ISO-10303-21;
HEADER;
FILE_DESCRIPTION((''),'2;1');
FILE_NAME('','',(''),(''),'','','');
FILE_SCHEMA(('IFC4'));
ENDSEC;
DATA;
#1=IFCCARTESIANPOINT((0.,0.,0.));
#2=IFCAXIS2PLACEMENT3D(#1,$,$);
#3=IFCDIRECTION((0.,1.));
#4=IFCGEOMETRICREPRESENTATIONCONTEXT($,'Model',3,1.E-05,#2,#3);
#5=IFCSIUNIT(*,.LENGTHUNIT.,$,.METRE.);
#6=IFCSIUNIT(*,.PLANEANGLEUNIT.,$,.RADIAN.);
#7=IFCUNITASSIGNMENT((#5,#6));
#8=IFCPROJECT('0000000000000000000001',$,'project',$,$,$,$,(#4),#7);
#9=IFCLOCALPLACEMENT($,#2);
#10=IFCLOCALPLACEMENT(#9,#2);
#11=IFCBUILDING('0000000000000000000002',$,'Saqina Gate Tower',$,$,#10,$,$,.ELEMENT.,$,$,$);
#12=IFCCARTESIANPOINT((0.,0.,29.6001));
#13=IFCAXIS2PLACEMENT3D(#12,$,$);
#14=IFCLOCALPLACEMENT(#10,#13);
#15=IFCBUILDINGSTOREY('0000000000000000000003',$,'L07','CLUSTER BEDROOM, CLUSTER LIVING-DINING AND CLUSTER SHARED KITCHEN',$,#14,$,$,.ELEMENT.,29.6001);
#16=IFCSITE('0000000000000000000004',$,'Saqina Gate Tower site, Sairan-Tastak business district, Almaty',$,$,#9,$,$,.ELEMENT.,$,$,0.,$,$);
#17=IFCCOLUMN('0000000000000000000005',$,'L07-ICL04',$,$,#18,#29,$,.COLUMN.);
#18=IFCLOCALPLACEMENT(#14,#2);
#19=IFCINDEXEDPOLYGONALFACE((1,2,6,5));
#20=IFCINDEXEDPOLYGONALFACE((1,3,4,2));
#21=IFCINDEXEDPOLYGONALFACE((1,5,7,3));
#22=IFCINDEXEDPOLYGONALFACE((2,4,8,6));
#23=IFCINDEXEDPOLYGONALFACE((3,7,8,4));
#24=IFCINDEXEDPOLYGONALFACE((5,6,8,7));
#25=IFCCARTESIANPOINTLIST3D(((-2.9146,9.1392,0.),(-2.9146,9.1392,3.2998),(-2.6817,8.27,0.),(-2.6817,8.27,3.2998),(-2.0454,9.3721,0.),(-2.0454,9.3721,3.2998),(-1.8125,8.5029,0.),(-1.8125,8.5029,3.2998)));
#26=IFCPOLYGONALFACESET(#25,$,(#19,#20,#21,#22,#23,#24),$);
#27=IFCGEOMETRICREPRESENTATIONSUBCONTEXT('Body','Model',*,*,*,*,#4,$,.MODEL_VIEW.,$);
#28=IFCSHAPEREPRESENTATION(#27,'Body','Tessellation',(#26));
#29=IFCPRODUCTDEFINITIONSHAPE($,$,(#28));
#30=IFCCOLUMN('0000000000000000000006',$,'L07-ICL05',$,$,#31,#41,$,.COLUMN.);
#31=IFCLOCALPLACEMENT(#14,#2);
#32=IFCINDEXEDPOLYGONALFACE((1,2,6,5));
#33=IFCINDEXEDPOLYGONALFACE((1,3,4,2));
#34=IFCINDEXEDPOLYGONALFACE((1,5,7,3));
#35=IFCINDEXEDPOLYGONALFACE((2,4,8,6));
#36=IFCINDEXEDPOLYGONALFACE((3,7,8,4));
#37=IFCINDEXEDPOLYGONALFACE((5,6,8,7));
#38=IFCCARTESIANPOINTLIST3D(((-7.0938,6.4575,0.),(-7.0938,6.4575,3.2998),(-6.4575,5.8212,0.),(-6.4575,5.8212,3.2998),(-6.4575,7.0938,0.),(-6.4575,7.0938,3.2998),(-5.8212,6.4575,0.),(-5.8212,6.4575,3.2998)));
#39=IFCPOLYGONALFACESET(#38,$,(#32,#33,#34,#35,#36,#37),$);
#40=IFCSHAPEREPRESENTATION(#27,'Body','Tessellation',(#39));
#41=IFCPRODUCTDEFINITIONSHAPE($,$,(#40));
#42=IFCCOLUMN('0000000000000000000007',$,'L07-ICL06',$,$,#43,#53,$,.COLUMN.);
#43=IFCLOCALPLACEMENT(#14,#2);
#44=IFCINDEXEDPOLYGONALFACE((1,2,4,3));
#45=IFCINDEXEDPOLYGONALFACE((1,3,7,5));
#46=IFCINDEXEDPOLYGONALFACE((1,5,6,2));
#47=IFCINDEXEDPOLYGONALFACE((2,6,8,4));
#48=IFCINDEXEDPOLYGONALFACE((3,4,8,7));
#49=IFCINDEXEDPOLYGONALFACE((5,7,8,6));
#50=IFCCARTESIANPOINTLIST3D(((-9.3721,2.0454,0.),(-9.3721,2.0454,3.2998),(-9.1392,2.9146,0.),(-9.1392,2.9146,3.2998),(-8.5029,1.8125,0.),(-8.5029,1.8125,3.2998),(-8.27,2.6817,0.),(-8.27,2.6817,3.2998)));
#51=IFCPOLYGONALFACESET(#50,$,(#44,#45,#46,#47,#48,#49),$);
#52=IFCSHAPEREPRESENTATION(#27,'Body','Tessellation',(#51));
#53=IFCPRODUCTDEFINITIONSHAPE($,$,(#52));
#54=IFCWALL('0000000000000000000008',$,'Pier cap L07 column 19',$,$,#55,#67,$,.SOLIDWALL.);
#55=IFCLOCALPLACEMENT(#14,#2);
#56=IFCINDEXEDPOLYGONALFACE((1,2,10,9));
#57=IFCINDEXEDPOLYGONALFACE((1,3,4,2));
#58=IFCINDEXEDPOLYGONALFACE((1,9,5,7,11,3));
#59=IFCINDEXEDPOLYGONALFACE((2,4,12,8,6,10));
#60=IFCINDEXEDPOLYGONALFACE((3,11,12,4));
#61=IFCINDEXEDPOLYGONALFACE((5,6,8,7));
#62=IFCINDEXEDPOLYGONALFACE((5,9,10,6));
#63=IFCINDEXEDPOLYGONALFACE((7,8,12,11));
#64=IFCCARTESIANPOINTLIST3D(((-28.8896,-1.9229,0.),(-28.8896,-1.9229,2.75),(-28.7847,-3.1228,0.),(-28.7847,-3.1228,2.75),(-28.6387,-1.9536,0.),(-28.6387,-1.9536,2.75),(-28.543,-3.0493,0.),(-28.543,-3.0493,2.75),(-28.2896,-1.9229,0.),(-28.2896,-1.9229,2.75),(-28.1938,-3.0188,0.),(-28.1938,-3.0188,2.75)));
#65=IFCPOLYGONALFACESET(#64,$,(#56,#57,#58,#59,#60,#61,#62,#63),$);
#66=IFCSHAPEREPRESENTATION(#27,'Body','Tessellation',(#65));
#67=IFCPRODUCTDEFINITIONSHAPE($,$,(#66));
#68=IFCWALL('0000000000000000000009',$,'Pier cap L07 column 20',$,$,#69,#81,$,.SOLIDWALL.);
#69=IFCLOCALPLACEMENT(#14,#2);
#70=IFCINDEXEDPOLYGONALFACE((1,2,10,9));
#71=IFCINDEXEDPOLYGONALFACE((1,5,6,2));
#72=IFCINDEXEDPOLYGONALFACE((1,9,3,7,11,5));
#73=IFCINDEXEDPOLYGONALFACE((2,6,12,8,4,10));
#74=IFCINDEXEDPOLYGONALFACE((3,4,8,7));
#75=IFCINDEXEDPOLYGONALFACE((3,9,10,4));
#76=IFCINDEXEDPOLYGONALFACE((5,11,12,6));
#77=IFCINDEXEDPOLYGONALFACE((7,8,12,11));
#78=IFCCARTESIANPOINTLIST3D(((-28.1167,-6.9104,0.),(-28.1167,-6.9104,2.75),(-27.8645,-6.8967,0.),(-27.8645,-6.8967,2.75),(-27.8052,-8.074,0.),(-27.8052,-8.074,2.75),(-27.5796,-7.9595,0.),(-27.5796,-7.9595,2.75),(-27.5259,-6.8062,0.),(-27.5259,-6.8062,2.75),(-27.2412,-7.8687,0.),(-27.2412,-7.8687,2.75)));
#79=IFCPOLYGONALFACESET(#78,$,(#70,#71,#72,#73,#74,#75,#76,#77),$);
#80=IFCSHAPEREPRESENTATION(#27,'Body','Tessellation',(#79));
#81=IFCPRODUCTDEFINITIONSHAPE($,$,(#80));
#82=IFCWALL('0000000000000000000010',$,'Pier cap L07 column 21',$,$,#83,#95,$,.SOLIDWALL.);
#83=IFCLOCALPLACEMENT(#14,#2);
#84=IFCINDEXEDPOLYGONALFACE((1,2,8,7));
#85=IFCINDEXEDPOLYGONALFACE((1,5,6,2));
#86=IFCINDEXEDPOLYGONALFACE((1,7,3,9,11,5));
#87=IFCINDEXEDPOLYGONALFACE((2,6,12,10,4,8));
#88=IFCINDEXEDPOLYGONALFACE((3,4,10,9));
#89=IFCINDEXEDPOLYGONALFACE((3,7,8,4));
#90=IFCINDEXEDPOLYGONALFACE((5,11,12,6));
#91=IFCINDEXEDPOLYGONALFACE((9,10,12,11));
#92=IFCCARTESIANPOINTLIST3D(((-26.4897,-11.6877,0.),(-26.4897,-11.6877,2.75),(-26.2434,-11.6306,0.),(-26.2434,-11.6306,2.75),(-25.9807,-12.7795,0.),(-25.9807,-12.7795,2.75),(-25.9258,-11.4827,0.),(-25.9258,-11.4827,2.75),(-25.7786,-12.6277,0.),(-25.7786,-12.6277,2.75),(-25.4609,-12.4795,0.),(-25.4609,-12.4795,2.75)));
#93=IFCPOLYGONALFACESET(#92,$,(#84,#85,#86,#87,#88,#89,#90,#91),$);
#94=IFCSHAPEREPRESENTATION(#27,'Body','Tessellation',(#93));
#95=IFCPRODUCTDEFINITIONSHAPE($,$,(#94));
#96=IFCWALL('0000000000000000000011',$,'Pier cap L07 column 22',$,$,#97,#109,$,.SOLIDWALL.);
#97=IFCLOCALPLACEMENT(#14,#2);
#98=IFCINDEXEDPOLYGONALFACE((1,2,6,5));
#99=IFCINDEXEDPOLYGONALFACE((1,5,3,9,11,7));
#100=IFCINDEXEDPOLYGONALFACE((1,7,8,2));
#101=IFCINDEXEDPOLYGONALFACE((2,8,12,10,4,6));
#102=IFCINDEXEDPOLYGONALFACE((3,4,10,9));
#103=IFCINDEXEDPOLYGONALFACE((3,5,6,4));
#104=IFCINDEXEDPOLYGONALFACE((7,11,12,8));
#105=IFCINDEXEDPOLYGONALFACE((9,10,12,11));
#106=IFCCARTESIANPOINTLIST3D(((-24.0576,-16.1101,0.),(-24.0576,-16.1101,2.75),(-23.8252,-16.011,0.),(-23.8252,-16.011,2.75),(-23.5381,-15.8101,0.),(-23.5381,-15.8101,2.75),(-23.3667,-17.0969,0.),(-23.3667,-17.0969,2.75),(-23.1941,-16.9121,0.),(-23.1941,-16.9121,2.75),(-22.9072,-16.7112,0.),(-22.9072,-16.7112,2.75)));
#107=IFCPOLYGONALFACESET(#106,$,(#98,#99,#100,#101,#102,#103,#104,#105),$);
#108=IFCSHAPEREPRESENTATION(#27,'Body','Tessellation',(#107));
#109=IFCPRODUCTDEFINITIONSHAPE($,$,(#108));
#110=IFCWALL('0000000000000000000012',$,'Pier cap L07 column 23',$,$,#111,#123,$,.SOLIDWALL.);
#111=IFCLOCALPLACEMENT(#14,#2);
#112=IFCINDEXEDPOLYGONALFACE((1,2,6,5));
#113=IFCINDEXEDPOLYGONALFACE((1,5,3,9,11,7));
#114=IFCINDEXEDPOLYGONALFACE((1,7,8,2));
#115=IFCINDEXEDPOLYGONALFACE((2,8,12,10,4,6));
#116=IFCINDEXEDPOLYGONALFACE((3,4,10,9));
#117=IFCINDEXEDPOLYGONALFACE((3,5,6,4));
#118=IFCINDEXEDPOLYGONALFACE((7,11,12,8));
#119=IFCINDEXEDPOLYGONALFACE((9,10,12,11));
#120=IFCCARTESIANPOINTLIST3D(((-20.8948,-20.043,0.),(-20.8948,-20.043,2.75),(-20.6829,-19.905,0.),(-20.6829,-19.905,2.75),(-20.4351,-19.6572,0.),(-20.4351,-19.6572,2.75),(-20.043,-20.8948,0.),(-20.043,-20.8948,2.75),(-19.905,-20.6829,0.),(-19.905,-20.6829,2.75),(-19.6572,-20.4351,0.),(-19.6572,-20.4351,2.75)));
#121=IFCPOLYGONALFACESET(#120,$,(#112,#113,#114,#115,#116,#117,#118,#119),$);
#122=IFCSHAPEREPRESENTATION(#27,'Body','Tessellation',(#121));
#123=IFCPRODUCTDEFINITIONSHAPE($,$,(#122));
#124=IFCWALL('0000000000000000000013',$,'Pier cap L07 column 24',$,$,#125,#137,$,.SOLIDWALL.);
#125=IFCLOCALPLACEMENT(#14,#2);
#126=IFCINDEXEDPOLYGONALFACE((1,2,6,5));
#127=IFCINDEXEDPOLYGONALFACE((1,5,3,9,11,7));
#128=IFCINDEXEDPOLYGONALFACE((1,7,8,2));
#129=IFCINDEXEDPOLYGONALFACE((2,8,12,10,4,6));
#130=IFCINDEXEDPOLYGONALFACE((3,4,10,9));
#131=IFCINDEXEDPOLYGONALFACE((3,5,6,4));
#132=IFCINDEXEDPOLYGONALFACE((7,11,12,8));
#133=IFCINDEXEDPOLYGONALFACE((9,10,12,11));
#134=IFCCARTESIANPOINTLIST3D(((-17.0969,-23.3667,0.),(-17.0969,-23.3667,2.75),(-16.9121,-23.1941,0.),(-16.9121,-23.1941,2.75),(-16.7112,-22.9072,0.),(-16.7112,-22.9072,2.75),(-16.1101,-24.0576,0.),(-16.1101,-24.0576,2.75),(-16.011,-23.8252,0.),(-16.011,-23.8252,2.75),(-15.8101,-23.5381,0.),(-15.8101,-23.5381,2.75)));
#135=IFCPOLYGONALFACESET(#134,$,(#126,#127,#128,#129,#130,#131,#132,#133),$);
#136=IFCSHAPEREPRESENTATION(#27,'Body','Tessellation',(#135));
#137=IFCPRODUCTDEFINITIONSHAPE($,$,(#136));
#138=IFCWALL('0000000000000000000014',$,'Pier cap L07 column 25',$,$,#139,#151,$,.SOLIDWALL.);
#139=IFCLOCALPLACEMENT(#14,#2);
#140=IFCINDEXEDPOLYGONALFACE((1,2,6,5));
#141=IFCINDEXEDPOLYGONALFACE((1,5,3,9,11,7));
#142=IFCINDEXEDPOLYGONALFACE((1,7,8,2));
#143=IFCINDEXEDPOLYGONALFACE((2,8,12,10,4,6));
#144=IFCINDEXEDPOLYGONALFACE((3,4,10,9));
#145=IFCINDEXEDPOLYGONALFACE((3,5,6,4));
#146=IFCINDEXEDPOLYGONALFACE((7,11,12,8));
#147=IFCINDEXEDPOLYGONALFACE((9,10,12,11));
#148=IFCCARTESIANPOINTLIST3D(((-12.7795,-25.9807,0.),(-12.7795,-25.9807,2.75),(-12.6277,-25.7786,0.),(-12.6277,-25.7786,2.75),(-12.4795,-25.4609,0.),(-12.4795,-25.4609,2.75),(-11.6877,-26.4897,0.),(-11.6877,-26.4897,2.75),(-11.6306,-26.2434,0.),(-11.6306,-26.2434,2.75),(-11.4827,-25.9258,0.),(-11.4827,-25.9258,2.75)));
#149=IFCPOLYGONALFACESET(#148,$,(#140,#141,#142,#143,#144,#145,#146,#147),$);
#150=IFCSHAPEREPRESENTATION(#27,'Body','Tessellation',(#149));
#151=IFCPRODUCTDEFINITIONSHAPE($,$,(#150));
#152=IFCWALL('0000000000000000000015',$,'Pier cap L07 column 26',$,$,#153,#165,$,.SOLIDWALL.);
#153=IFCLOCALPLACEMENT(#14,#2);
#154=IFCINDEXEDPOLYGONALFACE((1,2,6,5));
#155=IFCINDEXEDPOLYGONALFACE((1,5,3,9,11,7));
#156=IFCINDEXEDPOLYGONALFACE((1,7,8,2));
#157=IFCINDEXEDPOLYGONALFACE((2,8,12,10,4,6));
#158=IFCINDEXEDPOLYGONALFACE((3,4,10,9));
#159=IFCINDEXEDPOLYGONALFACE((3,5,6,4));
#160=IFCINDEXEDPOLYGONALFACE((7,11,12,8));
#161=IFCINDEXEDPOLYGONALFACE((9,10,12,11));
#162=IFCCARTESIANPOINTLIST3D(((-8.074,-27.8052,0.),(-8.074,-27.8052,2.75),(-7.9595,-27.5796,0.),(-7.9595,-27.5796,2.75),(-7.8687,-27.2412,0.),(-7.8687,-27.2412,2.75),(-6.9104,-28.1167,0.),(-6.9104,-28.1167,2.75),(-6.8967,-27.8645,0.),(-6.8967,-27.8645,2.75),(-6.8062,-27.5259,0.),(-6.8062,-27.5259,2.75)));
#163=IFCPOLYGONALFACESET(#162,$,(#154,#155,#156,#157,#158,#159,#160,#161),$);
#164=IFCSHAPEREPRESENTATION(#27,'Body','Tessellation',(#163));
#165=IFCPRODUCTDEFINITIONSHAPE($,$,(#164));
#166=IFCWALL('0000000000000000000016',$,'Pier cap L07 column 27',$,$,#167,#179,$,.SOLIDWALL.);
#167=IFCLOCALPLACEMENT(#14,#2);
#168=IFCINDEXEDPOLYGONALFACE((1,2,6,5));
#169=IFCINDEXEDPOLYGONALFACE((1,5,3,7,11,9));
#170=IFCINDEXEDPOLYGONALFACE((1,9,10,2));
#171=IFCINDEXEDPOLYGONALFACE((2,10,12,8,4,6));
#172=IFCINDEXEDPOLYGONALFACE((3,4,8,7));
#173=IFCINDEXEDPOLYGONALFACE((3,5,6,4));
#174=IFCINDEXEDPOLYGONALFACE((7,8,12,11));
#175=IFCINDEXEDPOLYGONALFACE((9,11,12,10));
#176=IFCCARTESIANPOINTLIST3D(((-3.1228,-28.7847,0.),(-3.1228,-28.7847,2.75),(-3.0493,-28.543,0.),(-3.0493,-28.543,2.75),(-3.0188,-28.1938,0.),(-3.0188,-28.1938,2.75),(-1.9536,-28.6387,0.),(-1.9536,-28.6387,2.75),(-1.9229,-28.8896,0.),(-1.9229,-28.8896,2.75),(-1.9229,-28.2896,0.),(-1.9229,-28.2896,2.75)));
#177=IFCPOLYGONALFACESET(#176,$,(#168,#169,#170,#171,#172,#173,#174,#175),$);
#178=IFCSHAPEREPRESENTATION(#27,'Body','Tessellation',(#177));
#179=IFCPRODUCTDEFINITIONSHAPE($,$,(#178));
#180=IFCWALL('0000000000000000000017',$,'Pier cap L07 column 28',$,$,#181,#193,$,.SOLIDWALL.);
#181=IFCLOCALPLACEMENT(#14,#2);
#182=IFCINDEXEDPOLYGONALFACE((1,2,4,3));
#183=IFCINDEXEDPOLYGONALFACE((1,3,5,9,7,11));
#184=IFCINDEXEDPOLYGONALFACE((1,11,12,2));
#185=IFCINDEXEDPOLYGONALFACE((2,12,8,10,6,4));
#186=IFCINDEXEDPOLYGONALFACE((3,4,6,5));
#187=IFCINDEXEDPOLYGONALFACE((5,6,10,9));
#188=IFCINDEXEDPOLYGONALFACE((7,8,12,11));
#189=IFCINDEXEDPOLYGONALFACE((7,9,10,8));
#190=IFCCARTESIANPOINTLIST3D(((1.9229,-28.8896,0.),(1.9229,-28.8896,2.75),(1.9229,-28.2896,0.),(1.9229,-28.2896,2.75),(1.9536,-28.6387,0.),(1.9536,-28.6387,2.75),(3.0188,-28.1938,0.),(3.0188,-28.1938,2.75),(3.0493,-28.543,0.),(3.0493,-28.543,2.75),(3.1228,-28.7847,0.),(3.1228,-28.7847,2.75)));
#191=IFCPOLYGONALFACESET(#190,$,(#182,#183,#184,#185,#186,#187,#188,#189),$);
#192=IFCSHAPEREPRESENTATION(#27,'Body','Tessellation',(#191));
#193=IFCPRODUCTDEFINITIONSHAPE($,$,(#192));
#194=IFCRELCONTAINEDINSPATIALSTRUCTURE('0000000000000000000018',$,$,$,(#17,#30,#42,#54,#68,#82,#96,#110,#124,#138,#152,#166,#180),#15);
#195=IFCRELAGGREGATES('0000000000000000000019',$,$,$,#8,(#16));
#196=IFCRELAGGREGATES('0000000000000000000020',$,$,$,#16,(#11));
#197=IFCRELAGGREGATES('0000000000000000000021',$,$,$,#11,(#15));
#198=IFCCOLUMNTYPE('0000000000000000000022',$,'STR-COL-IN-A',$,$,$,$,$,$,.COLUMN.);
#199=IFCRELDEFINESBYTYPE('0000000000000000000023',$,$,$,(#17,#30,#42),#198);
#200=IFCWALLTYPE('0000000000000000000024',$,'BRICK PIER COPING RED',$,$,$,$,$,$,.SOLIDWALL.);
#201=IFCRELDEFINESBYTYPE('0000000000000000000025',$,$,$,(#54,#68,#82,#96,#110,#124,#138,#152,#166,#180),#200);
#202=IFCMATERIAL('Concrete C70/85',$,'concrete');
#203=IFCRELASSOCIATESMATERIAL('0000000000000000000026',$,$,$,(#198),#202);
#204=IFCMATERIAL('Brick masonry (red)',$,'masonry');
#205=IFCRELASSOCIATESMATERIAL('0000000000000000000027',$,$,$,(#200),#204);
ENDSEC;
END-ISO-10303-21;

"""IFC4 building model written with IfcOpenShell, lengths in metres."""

from ifc_helpers import new_model, si_unit, direction, frame, origin, origin_2d, place, context, subcontext, project, spatial, polyline, rectangle, outline, extrude, material, material_profile, profile_set, type_object, element, save


model = new_model("IFC4")

# Units and contexts
model_context = context("Model", 3, precision=1e-05, world=origin(), true_north=direction((0.0, 1.0)))
body_context = subcontext(model_context, "Body", "Model", "MODEL_VIEW")
ifc_project = project(units=[si_unit("LENGTHUNIT", "METRE"), si_unit("PLANEANGLEUNIT", "RADIAN")], contexts=[model_context])

# Site, building, storey
site_placement = place(None, origin())
site = spatial("IfcSite", under=ifc_project, at=site_placement, Name="Saqina Gate Tower site, Sairan-Tastak business district, Almaty", CompositionType="ELEMENT", RefElevation=0.0)
building_placement = place(site_placement, origin())
building = spatial("IfcBuilding", under=site, at=building_placement, Name="Saqina Gate Tower", CompositionType="ELEMENT")
storey_placement = place(building_placement, frame((0.0, 0.0, 29.6001)))
storey = spatial("IfcBuildingStorey", under=building, at=storey_placement, Name="L07", Description="CLUSTER BEDROOM, CLUSTER LIVING-DINING AND CLUSTER SHARED KITCHEN", CompositionType="ELEMENT", Elevation=29.6001)

# Columns
ifc_material_1 = material(Name="Concrete C70/85", Category="concrete")
ifc_material_profile = material_profile(ifc_material_1, rectangle(XDim=0.8999, YDim=0.8999, at=origin_2d()), Name="RC 900x900")
ifc_profile_set = profile_set([ifc_material_profile], Name="Concrete C70/85")
column_type = type_object("IfcColumnType", Name="STR-COL-IN-A", PredefinedType="COLUMN", material=ifc_profile_set)
for number, where, z_axis, x_axis, name in (
    (1, (-2.3635, 8.821, 0.0), (0.0, 0.0, 1.0), (-0.258819, 0.965926, 0.0), "L07-ICL04"),
    (2, (-6.4575, 6.4575, 0.0), (0.0, 0.0, 1.0), (-0.707107, 0.707107, 0.0), "L07-ICL05"),
    (3, (-8.821, 2.3635, 0.0), (0.0, 0.0, 1.0), (-0.965926, 0.258819, 0.0), "L07-ICL06"),
):
    element("IfcColumn", number, at=place(storey_placement, frame(where, z_axis=z_axis, x_axis=x_axis)), inside=storey, type_object=column_type, Name=name, PredefinedType="COLUMN", context=body_context, shape_type="SweptSolid", body=[
        extrude(rectangle(XDim=0.8999, YDim=0.8999, at=origin_2d()), origin(), (0.0, 0.0, 1.0), 3.2998),
    ])

# Walls
ifc_material_2 = material(Name="Brick masonry (red)", Category="masonry")
wall_type_1 = type_object("IfcWallType", Name="BRICK PIER COPING RED", PredefinedType="SOLIDWALL", material=ifc_material_2)
wall_1_placement = place(storey_placement, origin())
element("IfcWall", 4, at=wall_1_placement, inside=storey, type_object=wall_type_1, Name="Pier cap L07 column 19", PredefinedType="SOLIDWALL", context=body_context, shape_type="SweptSolid", body=[
    extrude(outline(polyline([(-28.8896, -1.9229), (-28.7847, -3.1228), (-28.1938, -3.0188), (-28.543, -3.0493), (-28.6387, -1.9536), (-28.2896, -1.9229), (-28.8896, -1.9229)])), origin(), (0.0, 0.0, 1.0), 2.75),
])
wall_2_placement = place(storey_placement, origin())
element("IfcWall", 5, at=wall_2_placement, inside=storey, type_object=wall_type_1, Name="Pier cap L07 column 20", PredefinedType="SOLIDWALL", context=body_context, shape_type="SweptSolid", body=[
    extrude(outline(polyline([(-28.1167, -6.9104), (-27.8052, -8.074), (-27.2412, -7.8687), (-27.5796, -7.9595), (-27.8645, -6.8967), (-27.5259, -6.8062), (-28.1167, -6.9104)])), origin(), (0.0, 0.0, 1.0), 2.75),
])
wall_3_placement = place(storey_placement, origin())
element("IfcWall", 6, at=wall_3_placement, inside=storey, type_object=wall_type_1, Name="Pier cap L07 column 21", PredefinedType="SOLIDWALL", context=body_context, shape_type="SweptSolid", body=[
    extrude(outline(polyline([(-25.9807, -12.7795), (-25.4609, -12.4795), (-25.7786, -12.6277), (-26.2434, -11.6306), (-25.9258, -11.4827), (-26.4897, -11.6877), (-25.9807, -12.7795)])), origin(), (0.0, 0.0, 1.0), 2.75),
])
wall_4_placement = place(storey_placement, origin())
element("IfcWall", 7, at=wall_4_placement, inside=storey, type_object=wall_type_1, Name="Pier cap L07 column 22", PredefinedType="SOLIDWALL", context=body_context, shape_type="SweptSolid", body=[
    extrude(outline(polyline([(-24.0576, -16.1101), (-23.3667, -17.0969), (-22.9072, -16.7112), (-23.1941, -16.9121), (-23.8252, -16.011), (-23.5381, -15.8101), (-24.0576, -16.1101)])), origin(), (0.0, 0.0, 1.0), 2.75),
])
wall_5_placement = place(storey_placement, origin())
element("IfcWall", 8, at=wall_5_placement, inside=storey, type_object=wall_type_1, Name="Pier cap L07 column 23", PredefinedType="SOLIDWALL", context=body_context, shape_type="SweptSolid", body=[
    extrude(outline(polyline([(-20.043, -20.8948), (-19.6572, -20.4351), (-19.905, -20.6829), (-20.6829, -19.905), (-20.4351, -19.6572), (-20.8948, -20.043), (-20.043, -20.8948)])), origin(), (0.0, 0.0, 1.0), 2.75),
])
wall_6_placement = place(storey_placement, origin())
element("IfcWall", 9, at=wall_6_placement, inside=storey, type_object=wall_type_1, Name="Pier cap L07 column 24", PredefinedType="SOLIDWALL", context=body_context, shape_type="SweptSolid", body=[
    extrude(outline(polyline([(-17.0969, -23.3667), (-16.1101, -24.0576), (-15.8101, -23.5381), (-16.011, -23.8252), (-16.9121, -23.1941), (-16.7112, -22.9072), (-17.0969, -23.3667)])), origin(), (0.0, 0.0, 1.0), 2.75),
])
wall_7_placement = place(storey_placement, origin())
element("IfcWall", 10, at=wall_7_placement, inside=storey, type_object=wall_type_1, Name="Pier cap L07 column 25", PredefinedType="SOLIDWALL", context=body_context, shape_type="SweptSolid", body=[
    extrude(outline(polyline([(-11.6877, -26.4897), (-11.4827, -25.9258), (-11.6306, -26.2434), (-12.6277, -25.7786), (-12.4795, -25.4609), (-12.7795, -25.9807), (-11.6877, -26.4897)])), origin(), (0.0, 0.0, 1.0), 2.75),
])
wall_8_placement = place(storey_placement, origin())
element("IfcWall", 11, at=wall_8_placement, inside=storey, type_object=wall_type_1, Name="Pier cap L07 column 26", PredefinedType="SOLIDWALL", context=body_context, shape_type="SweptSolid", body=[
    extrude(outline(polyline([(-6.9104, -28.1167), (-6.8062, -27.5259), (-6.8967, -27.8645), (-7.9595, -27.5796), (-7.8687, -27.2412), (-8.074, -27.8052), (-6.9104, -28.1167)])), origin(), (0.0, 0.0, 1.0), 2.75),
])
wall_9_placement = place(storey_placement, origin())
element("IfcWall", 12, at=wall_9_placement, inside=storey, type_object=wall_type_1, Name="Pier cap L07 column 27", PredefinedType="SOLIDWALL", context=body_context, shape_type="SweptSolid", body=[
    extrude(outline(polyline([(-3.1228, -28.7847), (-1.9229, -28.8896), (-1.9229, -28.2896), (-1.9536, -28.6387), (-3.0493, -28.543), (-3.0188, -28.1938), (-3.1228, -28.7847)])), origin(), (0.0, 0.0, 1.0), 2.75),
])
wall_10_placement = place(storey_placement, origin())
element("IfcWall", 13, at=wall_10_placement, inside=storey, type_object=wall_type_1, Name="Pier cap L07 column 28", PredefinedType="SOLIDWALL", context=body_context, shape_type="SweptSolid", body=[
    extrude(outline(polyline([(1.9229, -28.8896), (3.1228, -28.7847), (3.0188, -28.1938), (3.0493, -28.543), (1.9536, -28.6387), (1.9229, -28.2896), (1.9229, -28.8896)])), origin(), (0.0, 0.0, 1.0), 2.75),
])

save(model, "model.ifc")
